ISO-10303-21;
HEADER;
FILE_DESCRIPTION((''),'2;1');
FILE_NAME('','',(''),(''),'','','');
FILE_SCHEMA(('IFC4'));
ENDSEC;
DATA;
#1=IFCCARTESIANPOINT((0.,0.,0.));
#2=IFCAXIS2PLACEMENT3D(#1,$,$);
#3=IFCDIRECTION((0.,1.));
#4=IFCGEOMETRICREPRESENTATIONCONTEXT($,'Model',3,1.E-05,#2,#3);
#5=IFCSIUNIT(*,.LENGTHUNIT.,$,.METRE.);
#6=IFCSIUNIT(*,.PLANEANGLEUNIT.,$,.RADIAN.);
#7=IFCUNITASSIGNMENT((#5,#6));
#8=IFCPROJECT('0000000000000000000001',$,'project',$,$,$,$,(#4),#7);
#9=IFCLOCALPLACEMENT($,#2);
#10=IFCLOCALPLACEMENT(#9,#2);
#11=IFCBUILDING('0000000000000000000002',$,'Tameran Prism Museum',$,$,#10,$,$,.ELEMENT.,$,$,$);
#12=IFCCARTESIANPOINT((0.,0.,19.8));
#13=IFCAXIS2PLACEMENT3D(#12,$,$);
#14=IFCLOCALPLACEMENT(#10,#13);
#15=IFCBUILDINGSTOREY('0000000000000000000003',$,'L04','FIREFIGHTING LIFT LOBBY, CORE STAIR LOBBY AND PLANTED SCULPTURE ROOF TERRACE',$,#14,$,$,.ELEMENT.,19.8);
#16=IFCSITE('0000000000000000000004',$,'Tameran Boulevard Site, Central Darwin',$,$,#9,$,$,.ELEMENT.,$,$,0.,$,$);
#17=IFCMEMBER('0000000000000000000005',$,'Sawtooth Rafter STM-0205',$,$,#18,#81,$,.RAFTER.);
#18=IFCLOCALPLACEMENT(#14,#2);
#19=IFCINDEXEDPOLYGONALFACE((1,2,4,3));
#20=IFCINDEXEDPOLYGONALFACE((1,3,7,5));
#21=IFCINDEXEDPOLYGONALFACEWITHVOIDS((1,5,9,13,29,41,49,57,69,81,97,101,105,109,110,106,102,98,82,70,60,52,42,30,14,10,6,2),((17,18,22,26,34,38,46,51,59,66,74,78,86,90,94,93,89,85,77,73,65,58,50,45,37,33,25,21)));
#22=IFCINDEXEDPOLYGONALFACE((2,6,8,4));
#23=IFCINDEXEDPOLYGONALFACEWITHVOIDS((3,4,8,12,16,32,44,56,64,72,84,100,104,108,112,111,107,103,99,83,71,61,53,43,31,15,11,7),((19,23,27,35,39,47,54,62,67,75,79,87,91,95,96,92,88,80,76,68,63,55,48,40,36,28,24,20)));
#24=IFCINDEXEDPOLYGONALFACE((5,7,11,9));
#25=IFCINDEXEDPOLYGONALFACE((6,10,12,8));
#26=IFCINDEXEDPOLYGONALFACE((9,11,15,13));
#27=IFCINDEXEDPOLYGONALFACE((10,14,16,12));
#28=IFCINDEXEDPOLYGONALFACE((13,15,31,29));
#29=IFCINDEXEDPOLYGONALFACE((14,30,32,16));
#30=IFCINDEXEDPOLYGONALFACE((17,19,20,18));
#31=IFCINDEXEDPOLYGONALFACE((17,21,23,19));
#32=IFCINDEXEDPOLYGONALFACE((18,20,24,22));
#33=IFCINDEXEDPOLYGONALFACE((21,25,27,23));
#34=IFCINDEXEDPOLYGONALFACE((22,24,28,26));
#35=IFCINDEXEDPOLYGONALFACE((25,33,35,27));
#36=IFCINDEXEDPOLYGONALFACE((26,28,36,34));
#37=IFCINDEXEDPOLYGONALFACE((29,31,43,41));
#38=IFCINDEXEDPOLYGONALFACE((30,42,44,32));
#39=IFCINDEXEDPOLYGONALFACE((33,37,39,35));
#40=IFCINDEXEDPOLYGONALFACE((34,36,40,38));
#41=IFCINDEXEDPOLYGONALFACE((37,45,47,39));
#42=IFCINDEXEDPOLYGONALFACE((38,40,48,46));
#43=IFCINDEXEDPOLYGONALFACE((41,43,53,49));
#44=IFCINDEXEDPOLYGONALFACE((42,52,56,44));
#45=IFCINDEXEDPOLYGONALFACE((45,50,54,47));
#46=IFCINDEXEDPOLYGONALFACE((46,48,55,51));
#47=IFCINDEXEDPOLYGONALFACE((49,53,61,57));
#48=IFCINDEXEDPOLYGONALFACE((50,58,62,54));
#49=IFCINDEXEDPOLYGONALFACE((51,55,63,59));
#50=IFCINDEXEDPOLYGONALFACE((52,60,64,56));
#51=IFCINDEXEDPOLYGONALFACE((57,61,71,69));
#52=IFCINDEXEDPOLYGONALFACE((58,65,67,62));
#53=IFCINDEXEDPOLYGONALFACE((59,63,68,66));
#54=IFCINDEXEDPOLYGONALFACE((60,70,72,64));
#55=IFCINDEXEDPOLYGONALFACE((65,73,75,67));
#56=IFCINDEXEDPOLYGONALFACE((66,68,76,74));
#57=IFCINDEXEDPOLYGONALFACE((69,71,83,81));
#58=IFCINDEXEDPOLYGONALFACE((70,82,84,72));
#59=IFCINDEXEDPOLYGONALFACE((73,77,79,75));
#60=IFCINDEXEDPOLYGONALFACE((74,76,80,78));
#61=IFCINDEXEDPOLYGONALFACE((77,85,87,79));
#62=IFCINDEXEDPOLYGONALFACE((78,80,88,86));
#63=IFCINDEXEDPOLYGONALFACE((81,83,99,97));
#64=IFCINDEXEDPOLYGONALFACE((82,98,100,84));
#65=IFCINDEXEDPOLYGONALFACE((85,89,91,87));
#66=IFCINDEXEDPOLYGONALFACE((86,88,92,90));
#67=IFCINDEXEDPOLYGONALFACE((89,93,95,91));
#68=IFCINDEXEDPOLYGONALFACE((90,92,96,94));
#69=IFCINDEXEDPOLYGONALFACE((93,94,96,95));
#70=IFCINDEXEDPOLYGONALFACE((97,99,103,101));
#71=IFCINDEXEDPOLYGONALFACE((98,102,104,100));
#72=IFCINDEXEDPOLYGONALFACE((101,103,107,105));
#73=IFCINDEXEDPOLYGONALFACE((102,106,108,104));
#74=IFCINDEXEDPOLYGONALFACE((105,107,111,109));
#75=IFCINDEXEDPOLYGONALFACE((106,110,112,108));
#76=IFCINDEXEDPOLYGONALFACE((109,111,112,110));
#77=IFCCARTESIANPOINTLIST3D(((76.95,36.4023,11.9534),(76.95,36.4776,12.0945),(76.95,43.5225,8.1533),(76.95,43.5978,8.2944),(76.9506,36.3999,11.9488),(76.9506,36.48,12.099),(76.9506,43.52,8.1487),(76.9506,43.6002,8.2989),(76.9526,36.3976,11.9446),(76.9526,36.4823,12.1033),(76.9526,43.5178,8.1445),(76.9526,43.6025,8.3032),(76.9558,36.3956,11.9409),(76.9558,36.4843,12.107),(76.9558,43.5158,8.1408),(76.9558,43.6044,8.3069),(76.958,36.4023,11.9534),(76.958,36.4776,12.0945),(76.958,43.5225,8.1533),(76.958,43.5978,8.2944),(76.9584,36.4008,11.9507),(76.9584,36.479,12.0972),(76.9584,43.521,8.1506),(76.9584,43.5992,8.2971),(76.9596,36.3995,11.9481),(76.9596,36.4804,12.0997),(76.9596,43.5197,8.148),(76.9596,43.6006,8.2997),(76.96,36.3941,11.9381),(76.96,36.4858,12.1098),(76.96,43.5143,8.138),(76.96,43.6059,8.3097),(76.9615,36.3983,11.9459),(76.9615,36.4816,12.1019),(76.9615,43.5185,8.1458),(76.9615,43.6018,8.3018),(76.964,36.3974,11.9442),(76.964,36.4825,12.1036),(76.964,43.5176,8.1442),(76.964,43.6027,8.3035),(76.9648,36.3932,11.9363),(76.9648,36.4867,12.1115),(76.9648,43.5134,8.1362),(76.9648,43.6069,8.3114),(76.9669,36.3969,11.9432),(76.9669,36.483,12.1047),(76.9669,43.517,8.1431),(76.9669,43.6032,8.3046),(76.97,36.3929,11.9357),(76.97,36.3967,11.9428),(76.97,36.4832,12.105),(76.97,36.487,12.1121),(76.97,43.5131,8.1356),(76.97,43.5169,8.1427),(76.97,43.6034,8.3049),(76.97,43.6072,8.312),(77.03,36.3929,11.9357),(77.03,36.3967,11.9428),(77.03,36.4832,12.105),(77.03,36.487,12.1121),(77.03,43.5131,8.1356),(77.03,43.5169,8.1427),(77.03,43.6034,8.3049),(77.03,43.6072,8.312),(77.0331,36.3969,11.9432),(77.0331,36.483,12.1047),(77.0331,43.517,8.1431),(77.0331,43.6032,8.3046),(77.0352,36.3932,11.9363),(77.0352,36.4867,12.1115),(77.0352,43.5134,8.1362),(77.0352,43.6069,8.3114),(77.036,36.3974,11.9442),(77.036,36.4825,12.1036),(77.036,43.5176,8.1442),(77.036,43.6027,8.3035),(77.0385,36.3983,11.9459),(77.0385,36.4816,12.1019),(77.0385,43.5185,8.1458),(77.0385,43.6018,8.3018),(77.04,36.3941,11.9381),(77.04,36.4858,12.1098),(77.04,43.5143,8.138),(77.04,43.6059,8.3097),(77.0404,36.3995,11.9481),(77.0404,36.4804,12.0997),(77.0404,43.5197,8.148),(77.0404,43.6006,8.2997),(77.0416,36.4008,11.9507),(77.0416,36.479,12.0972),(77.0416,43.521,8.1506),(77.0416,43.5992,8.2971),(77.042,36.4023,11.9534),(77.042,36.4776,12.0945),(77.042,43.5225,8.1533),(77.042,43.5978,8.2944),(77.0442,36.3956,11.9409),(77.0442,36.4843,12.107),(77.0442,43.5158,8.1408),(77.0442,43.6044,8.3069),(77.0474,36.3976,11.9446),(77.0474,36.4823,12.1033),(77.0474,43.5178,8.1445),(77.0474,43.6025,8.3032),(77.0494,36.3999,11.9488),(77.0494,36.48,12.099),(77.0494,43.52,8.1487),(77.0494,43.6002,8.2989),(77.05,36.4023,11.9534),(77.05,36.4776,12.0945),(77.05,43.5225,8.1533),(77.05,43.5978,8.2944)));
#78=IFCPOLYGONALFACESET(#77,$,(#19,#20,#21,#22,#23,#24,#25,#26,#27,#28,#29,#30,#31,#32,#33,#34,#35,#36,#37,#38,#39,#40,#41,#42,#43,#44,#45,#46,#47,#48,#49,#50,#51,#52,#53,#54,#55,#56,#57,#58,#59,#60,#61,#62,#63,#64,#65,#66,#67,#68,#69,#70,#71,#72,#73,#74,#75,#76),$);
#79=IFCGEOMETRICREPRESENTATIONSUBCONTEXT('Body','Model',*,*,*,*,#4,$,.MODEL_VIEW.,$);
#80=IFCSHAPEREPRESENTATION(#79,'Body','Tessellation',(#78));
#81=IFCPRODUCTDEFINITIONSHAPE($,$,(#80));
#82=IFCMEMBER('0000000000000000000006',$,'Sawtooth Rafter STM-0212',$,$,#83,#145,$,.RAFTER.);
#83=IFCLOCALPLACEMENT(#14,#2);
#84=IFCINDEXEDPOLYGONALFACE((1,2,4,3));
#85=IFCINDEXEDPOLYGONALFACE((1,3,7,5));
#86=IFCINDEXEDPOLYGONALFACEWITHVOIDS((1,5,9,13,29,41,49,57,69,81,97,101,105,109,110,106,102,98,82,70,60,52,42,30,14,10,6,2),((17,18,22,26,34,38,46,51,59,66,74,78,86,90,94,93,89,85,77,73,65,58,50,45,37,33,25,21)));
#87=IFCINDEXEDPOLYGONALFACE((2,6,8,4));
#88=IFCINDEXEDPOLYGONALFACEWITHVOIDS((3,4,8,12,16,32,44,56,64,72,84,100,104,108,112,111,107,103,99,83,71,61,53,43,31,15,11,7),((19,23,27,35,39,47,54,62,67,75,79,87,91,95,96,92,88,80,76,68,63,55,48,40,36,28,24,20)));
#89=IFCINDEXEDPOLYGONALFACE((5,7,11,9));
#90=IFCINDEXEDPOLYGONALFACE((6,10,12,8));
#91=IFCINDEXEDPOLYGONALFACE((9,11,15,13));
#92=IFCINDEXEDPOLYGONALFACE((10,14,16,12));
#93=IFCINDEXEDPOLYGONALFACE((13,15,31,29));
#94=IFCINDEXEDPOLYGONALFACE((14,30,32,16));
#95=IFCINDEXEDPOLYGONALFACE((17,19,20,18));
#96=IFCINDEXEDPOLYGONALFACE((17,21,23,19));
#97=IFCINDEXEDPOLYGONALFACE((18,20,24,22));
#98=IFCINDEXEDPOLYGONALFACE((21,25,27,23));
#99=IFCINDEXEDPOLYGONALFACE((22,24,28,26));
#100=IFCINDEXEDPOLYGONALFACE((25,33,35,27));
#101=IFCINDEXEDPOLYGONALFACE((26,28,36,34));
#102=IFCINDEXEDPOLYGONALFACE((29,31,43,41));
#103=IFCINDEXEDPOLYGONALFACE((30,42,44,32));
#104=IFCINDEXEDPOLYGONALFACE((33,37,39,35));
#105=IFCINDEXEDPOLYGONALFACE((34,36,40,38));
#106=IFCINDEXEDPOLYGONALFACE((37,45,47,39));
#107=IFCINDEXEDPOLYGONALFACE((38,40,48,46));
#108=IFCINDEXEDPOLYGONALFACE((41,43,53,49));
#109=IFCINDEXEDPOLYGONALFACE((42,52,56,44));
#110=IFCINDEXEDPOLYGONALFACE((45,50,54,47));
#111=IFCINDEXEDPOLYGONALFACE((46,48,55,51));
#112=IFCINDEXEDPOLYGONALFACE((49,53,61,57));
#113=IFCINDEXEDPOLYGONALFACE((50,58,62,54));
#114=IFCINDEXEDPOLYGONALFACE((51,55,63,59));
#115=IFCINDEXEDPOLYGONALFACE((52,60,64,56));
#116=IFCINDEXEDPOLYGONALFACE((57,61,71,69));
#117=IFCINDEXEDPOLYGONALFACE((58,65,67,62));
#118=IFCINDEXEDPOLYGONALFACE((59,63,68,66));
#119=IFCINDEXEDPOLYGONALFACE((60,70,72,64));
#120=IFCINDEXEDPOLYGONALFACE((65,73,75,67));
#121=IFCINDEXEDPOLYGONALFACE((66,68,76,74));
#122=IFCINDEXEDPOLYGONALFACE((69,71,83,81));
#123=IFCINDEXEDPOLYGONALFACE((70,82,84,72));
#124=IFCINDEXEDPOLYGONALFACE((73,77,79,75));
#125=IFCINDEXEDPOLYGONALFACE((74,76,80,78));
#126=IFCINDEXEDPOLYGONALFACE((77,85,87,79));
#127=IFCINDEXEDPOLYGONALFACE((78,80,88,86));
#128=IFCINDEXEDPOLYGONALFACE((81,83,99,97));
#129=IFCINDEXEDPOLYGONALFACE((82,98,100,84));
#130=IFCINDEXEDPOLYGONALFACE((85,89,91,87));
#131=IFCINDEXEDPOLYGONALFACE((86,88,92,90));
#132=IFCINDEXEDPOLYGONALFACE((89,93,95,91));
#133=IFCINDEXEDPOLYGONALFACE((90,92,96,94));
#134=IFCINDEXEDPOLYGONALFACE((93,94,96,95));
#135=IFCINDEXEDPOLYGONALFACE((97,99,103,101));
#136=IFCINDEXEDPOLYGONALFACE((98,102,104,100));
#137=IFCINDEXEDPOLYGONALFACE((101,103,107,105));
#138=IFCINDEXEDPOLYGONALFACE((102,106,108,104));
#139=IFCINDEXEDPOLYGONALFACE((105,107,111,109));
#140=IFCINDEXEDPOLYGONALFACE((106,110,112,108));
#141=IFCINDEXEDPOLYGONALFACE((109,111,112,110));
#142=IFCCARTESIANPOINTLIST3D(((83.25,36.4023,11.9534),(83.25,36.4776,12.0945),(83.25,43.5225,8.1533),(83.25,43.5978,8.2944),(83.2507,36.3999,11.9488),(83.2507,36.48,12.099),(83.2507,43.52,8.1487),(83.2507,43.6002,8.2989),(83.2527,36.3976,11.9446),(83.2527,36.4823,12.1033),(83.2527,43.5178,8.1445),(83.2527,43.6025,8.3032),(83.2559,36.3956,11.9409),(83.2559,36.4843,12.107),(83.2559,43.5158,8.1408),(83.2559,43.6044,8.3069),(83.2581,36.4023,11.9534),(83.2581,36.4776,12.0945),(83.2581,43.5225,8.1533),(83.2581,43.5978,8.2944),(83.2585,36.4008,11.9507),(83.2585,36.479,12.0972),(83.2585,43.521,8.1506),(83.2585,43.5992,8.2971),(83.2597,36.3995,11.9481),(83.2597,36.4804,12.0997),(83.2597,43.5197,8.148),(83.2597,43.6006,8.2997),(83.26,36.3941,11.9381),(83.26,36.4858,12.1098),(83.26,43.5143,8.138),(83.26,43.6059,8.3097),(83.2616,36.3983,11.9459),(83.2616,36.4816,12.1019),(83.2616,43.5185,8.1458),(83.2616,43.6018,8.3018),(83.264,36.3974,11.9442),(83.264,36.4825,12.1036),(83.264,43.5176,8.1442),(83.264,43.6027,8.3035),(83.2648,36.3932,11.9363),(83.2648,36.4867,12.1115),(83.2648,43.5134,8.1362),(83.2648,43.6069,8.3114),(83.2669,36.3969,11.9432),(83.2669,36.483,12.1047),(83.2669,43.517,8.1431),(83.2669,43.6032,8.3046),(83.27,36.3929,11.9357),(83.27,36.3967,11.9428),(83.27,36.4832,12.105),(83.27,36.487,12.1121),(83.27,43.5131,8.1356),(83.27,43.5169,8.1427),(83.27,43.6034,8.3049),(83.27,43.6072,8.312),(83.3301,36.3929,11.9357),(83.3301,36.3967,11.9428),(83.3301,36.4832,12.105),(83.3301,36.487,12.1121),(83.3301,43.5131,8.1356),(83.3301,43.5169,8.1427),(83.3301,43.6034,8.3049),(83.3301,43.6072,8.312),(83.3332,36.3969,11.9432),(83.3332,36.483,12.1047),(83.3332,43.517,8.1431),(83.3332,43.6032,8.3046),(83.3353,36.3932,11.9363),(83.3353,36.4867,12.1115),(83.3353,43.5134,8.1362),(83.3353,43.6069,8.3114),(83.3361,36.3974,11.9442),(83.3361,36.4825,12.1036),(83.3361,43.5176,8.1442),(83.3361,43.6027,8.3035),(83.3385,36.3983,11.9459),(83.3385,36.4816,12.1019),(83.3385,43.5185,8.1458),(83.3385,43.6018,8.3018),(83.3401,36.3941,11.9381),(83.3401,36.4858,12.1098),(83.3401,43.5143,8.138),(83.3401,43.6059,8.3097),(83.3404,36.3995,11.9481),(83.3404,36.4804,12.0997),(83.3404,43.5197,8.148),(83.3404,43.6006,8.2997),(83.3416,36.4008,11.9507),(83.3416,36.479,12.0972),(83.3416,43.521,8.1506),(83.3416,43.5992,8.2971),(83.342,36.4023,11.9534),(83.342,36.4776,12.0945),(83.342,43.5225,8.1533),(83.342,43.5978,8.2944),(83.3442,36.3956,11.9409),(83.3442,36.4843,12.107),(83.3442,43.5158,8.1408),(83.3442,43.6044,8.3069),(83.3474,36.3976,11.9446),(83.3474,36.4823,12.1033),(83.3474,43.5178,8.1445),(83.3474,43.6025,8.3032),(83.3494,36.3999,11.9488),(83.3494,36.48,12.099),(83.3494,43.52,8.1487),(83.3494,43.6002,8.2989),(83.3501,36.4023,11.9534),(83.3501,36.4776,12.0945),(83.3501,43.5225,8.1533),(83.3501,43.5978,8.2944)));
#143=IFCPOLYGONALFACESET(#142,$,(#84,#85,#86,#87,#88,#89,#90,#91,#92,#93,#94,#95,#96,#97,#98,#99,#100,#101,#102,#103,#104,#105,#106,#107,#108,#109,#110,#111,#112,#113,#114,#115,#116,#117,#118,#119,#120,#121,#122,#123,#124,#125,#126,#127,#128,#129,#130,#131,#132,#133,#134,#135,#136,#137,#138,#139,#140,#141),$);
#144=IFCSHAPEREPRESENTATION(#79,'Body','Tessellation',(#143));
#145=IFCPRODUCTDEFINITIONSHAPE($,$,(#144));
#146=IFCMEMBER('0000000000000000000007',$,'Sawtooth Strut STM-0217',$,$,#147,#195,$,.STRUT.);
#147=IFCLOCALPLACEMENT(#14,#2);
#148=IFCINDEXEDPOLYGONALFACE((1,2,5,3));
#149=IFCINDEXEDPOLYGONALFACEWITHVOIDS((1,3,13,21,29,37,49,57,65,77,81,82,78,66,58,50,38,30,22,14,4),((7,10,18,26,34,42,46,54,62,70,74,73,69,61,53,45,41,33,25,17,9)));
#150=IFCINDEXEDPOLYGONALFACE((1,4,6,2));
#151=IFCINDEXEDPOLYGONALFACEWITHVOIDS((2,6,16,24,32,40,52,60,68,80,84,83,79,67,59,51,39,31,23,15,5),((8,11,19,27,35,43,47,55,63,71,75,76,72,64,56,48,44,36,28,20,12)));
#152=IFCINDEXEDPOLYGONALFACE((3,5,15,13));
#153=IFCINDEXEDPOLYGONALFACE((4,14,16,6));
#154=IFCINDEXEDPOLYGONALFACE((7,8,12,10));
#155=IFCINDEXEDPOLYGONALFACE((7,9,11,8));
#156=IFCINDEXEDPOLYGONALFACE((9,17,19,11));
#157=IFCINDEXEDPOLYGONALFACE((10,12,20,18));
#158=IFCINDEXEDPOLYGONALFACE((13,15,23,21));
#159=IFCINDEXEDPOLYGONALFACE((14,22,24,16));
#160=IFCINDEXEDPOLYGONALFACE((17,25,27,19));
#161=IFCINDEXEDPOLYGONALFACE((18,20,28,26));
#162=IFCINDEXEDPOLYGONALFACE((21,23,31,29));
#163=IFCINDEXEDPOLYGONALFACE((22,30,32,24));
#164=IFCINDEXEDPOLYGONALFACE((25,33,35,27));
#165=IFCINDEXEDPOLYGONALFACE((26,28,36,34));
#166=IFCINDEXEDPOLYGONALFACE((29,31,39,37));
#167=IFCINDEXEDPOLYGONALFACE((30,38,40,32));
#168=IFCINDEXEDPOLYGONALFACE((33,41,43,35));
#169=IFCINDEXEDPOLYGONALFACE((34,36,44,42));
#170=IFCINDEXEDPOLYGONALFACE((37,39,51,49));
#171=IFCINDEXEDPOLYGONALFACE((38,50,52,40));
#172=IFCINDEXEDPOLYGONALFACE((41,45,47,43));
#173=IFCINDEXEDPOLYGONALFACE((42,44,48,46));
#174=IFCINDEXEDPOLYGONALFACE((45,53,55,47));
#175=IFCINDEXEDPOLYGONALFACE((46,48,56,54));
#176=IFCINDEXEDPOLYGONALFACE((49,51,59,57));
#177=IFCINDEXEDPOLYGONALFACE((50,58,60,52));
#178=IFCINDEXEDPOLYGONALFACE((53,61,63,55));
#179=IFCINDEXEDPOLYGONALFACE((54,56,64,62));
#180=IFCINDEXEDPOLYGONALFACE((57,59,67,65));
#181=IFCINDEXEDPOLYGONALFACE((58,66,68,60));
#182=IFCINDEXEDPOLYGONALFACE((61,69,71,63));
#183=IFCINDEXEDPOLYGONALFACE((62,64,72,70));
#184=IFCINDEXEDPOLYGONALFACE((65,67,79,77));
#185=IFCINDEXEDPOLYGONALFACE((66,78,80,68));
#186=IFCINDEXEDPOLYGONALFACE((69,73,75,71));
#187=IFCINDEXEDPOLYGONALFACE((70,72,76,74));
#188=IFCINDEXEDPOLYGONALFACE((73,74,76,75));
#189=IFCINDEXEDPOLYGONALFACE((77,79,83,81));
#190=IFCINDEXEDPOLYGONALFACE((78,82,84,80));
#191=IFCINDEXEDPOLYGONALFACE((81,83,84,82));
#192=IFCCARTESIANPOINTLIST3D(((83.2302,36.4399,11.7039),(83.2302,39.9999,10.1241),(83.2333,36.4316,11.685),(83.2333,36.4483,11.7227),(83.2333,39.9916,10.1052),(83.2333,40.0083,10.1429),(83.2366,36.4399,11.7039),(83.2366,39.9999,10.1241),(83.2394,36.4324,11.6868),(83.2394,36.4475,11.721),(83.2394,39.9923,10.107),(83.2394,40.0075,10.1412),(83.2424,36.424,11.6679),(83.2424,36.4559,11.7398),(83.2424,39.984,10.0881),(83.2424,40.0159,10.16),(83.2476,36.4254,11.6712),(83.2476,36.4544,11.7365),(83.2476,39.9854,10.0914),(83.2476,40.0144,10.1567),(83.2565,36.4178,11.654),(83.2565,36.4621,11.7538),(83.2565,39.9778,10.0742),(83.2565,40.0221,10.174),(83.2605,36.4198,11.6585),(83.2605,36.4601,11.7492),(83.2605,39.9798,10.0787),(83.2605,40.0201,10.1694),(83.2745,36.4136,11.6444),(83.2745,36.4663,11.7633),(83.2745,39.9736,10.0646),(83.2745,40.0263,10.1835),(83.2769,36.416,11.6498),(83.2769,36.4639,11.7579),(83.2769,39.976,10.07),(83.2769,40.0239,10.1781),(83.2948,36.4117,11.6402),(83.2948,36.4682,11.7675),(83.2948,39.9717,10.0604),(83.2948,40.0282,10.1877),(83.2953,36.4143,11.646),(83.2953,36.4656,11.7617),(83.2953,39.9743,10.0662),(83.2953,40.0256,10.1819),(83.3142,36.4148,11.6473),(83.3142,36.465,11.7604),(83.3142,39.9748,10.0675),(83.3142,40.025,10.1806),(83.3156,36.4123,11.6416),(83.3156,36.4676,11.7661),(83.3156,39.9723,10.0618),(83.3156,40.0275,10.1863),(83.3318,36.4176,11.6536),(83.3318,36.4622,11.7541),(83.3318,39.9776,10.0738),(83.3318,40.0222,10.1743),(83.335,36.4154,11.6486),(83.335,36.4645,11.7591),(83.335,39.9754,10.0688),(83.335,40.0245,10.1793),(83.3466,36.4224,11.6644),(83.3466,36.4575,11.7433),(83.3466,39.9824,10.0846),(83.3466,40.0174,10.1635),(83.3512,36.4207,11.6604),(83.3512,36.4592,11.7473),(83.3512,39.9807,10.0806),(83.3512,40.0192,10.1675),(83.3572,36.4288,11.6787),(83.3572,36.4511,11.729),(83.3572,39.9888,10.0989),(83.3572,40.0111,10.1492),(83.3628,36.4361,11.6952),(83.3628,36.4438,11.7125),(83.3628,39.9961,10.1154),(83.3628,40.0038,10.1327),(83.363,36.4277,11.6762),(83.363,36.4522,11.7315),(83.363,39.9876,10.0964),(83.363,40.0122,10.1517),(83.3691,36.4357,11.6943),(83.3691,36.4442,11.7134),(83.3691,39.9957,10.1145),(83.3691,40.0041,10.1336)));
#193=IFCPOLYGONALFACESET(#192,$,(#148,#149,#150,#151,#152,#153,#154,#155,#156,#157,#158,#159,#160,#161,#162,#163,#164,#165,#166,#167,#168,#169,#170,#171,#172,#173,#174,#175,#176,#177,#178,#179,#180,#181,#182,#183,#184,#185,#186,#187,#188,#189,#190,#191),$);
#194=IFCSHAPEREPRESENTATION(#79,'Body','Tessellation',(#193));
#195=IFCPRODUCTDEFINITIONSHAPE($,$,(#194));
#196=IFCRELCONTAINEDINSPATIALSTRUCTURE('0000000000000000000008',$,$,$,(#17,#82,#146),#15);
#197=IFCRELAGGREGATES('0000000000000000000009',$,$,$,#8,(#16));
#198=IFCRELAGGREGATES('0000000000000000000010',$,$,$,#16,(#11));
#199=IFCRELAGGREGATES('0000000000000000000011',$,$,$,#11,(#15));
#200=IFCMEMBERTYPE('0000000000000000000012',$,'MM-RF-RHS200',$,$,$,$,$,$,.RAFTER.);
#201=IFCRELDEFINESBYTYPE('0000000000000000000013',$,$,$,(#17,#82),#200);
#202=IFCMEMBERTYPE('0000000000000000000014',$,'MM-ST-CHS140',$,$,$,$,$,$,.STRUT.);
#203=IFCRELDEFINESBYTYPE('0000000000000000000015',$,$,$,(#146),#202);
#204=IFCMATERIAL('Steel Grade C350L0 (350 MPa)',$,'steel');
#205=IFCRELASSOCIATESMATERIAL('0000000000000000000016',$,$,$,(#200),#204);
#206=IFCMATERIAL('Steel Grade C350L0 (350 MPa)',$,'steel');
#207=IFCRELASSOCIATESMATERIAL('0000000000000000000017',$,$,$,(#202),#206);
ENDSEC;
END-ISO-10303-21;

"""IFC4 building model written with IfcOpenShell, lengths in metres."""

from ifc_helpers import new_model, si_unit, direction, frame, origin, origin_2d, place, context, subcontext, project, spatial, hollow_rectangle, hollow_circle, extrude, material, material_profile, profile_set, type_object, element, save


model = new_model("IFC4")

# Units and contexts
model_context = context("Model", 3, precision=1e-05, world=origin(), true_north=direction((0.0, 1.0)))
body_context = subcontext(model_context, "Body", "Model", "MODEL_VIEW")
ifc_project = project(units=[si_unit("LENGTHUNIT", "METRE"), si_unit("PLANEANGLEUNIT", "RADIAN")], contexts=[model_context])

# Site, building, storey
site_placement = place(None, origin())
site = spatial("IfcSite", under=ifc_project, at=site_placement, Name="Tameran Boulevard Site, Central Darwin", CompositionType="ELEMENT", RefElevation=0.0)
building_placement = place(site_placement, origin())
building = spatial("IfcBuilding", under=site, at=building_placement, Name="Tameran Prism Museum", CompositionType="ELEMENT")
storey_placement = place(building_placement, frame((0.0, 0.0, 19.8)))
storey = spatial("IfcBuildingStorey", under=building, at=storey_placement, Name="L04", Description="FIREFIGHTING LIFT LOBBY, CORE STAIR LOBBY AND PLANTED SCULPTURE ROOF TERRACE", CompositionType="ELEMENT", Elevation=19.8)

# Members
ifc_material_1 = material(Name="Steel Grade C350L0 (350 MPa)", Category="steel")
ifc_material_profile_1 = material_profile(ifc_material_1, hollow_rectangle(XDim=0.1001, YDim=0.2, WallThickness=0.0081, InnerFilletRadius=0.012, OuterFilletRadius=0.02, at=origin_2d()))
ifc_profile_set_1 = profile_set([ifc_material_profile_1])
member_type_1 = type_object("IfcMemberType", Name="MM-RF-RHS200", PredefinedType="RAFTER", material=ifc_profile_set_1)
for number, where, z_axis, x_axis, name in (
    (1, (77.0, 36.4399, 12.0239), (0.0, 0.882216, -0.470844), (-1.0, 0.0, 0.0), "Sawtooth Rafter STM-0205"),
    (2, (83.3, 36.4399, 12.0239), (0.0, 0.882216, -0.470844), (-1.0, 0.0, 0.0), "Sawtooth Rafter STM-0212"),
):
    element("IfcMember", number, at=place(storey_placement, frame(where, z_axis=z_axis, x_axis=x_axis)), inside=storey, type_object=member_type_1, Name=name, PredefinedType="RAFTER", context=body_context, shape_type="SweptSolid", body=[
        extrude(hollow_rectangle(XDim=0.1001, YDim=0.2, WallThickness=0.0081, InnerFilletRadius=0.012, OuterFilletRadius=0.02, at=origin_2d()), origin(), (0.0, 0.0, 1.0), 8.0708),
    ])
ifc_material_2 = material(Name="Steel Grade C350L0 (350 MPa)", Category="steel")
ifc_material_profile_2 = material_profile(ifc_material_2, hollow_circle(Radius=0.0698, WallThickness=0.0063, at=origin_2d()))
ifc_profile_set_2 = profile_set([ifc_material_profile_2])
member_type_2 = type_object("IfcMemberType", Name="MM-ST-CHS140", PredefinedType="STRUT", material=ifc_profile_set_2)
member_1_placement = place(storey_placement, frame((83.3, 36.4399, 11.7039), z_axis=(0.0, 0.914041, -0.405621), x_axis=(-1.0, 0.0, 0.0)))
element("IfcMember", 3, at=member_1_placement, inside=storey, type_object=member_type_2, Name="Sawtooth Strut STM-0217", PredefinedType="STRUT", context=body_context, shape_type="SweptSolid", body=[
    extrude(hollow_circle(Radius=0.0698, WallThickness=0.0063, at=origin_2d()), origin(), (0.0, 0.0, 1.0), 3.8948),
])

save(model, "model.ifc")
